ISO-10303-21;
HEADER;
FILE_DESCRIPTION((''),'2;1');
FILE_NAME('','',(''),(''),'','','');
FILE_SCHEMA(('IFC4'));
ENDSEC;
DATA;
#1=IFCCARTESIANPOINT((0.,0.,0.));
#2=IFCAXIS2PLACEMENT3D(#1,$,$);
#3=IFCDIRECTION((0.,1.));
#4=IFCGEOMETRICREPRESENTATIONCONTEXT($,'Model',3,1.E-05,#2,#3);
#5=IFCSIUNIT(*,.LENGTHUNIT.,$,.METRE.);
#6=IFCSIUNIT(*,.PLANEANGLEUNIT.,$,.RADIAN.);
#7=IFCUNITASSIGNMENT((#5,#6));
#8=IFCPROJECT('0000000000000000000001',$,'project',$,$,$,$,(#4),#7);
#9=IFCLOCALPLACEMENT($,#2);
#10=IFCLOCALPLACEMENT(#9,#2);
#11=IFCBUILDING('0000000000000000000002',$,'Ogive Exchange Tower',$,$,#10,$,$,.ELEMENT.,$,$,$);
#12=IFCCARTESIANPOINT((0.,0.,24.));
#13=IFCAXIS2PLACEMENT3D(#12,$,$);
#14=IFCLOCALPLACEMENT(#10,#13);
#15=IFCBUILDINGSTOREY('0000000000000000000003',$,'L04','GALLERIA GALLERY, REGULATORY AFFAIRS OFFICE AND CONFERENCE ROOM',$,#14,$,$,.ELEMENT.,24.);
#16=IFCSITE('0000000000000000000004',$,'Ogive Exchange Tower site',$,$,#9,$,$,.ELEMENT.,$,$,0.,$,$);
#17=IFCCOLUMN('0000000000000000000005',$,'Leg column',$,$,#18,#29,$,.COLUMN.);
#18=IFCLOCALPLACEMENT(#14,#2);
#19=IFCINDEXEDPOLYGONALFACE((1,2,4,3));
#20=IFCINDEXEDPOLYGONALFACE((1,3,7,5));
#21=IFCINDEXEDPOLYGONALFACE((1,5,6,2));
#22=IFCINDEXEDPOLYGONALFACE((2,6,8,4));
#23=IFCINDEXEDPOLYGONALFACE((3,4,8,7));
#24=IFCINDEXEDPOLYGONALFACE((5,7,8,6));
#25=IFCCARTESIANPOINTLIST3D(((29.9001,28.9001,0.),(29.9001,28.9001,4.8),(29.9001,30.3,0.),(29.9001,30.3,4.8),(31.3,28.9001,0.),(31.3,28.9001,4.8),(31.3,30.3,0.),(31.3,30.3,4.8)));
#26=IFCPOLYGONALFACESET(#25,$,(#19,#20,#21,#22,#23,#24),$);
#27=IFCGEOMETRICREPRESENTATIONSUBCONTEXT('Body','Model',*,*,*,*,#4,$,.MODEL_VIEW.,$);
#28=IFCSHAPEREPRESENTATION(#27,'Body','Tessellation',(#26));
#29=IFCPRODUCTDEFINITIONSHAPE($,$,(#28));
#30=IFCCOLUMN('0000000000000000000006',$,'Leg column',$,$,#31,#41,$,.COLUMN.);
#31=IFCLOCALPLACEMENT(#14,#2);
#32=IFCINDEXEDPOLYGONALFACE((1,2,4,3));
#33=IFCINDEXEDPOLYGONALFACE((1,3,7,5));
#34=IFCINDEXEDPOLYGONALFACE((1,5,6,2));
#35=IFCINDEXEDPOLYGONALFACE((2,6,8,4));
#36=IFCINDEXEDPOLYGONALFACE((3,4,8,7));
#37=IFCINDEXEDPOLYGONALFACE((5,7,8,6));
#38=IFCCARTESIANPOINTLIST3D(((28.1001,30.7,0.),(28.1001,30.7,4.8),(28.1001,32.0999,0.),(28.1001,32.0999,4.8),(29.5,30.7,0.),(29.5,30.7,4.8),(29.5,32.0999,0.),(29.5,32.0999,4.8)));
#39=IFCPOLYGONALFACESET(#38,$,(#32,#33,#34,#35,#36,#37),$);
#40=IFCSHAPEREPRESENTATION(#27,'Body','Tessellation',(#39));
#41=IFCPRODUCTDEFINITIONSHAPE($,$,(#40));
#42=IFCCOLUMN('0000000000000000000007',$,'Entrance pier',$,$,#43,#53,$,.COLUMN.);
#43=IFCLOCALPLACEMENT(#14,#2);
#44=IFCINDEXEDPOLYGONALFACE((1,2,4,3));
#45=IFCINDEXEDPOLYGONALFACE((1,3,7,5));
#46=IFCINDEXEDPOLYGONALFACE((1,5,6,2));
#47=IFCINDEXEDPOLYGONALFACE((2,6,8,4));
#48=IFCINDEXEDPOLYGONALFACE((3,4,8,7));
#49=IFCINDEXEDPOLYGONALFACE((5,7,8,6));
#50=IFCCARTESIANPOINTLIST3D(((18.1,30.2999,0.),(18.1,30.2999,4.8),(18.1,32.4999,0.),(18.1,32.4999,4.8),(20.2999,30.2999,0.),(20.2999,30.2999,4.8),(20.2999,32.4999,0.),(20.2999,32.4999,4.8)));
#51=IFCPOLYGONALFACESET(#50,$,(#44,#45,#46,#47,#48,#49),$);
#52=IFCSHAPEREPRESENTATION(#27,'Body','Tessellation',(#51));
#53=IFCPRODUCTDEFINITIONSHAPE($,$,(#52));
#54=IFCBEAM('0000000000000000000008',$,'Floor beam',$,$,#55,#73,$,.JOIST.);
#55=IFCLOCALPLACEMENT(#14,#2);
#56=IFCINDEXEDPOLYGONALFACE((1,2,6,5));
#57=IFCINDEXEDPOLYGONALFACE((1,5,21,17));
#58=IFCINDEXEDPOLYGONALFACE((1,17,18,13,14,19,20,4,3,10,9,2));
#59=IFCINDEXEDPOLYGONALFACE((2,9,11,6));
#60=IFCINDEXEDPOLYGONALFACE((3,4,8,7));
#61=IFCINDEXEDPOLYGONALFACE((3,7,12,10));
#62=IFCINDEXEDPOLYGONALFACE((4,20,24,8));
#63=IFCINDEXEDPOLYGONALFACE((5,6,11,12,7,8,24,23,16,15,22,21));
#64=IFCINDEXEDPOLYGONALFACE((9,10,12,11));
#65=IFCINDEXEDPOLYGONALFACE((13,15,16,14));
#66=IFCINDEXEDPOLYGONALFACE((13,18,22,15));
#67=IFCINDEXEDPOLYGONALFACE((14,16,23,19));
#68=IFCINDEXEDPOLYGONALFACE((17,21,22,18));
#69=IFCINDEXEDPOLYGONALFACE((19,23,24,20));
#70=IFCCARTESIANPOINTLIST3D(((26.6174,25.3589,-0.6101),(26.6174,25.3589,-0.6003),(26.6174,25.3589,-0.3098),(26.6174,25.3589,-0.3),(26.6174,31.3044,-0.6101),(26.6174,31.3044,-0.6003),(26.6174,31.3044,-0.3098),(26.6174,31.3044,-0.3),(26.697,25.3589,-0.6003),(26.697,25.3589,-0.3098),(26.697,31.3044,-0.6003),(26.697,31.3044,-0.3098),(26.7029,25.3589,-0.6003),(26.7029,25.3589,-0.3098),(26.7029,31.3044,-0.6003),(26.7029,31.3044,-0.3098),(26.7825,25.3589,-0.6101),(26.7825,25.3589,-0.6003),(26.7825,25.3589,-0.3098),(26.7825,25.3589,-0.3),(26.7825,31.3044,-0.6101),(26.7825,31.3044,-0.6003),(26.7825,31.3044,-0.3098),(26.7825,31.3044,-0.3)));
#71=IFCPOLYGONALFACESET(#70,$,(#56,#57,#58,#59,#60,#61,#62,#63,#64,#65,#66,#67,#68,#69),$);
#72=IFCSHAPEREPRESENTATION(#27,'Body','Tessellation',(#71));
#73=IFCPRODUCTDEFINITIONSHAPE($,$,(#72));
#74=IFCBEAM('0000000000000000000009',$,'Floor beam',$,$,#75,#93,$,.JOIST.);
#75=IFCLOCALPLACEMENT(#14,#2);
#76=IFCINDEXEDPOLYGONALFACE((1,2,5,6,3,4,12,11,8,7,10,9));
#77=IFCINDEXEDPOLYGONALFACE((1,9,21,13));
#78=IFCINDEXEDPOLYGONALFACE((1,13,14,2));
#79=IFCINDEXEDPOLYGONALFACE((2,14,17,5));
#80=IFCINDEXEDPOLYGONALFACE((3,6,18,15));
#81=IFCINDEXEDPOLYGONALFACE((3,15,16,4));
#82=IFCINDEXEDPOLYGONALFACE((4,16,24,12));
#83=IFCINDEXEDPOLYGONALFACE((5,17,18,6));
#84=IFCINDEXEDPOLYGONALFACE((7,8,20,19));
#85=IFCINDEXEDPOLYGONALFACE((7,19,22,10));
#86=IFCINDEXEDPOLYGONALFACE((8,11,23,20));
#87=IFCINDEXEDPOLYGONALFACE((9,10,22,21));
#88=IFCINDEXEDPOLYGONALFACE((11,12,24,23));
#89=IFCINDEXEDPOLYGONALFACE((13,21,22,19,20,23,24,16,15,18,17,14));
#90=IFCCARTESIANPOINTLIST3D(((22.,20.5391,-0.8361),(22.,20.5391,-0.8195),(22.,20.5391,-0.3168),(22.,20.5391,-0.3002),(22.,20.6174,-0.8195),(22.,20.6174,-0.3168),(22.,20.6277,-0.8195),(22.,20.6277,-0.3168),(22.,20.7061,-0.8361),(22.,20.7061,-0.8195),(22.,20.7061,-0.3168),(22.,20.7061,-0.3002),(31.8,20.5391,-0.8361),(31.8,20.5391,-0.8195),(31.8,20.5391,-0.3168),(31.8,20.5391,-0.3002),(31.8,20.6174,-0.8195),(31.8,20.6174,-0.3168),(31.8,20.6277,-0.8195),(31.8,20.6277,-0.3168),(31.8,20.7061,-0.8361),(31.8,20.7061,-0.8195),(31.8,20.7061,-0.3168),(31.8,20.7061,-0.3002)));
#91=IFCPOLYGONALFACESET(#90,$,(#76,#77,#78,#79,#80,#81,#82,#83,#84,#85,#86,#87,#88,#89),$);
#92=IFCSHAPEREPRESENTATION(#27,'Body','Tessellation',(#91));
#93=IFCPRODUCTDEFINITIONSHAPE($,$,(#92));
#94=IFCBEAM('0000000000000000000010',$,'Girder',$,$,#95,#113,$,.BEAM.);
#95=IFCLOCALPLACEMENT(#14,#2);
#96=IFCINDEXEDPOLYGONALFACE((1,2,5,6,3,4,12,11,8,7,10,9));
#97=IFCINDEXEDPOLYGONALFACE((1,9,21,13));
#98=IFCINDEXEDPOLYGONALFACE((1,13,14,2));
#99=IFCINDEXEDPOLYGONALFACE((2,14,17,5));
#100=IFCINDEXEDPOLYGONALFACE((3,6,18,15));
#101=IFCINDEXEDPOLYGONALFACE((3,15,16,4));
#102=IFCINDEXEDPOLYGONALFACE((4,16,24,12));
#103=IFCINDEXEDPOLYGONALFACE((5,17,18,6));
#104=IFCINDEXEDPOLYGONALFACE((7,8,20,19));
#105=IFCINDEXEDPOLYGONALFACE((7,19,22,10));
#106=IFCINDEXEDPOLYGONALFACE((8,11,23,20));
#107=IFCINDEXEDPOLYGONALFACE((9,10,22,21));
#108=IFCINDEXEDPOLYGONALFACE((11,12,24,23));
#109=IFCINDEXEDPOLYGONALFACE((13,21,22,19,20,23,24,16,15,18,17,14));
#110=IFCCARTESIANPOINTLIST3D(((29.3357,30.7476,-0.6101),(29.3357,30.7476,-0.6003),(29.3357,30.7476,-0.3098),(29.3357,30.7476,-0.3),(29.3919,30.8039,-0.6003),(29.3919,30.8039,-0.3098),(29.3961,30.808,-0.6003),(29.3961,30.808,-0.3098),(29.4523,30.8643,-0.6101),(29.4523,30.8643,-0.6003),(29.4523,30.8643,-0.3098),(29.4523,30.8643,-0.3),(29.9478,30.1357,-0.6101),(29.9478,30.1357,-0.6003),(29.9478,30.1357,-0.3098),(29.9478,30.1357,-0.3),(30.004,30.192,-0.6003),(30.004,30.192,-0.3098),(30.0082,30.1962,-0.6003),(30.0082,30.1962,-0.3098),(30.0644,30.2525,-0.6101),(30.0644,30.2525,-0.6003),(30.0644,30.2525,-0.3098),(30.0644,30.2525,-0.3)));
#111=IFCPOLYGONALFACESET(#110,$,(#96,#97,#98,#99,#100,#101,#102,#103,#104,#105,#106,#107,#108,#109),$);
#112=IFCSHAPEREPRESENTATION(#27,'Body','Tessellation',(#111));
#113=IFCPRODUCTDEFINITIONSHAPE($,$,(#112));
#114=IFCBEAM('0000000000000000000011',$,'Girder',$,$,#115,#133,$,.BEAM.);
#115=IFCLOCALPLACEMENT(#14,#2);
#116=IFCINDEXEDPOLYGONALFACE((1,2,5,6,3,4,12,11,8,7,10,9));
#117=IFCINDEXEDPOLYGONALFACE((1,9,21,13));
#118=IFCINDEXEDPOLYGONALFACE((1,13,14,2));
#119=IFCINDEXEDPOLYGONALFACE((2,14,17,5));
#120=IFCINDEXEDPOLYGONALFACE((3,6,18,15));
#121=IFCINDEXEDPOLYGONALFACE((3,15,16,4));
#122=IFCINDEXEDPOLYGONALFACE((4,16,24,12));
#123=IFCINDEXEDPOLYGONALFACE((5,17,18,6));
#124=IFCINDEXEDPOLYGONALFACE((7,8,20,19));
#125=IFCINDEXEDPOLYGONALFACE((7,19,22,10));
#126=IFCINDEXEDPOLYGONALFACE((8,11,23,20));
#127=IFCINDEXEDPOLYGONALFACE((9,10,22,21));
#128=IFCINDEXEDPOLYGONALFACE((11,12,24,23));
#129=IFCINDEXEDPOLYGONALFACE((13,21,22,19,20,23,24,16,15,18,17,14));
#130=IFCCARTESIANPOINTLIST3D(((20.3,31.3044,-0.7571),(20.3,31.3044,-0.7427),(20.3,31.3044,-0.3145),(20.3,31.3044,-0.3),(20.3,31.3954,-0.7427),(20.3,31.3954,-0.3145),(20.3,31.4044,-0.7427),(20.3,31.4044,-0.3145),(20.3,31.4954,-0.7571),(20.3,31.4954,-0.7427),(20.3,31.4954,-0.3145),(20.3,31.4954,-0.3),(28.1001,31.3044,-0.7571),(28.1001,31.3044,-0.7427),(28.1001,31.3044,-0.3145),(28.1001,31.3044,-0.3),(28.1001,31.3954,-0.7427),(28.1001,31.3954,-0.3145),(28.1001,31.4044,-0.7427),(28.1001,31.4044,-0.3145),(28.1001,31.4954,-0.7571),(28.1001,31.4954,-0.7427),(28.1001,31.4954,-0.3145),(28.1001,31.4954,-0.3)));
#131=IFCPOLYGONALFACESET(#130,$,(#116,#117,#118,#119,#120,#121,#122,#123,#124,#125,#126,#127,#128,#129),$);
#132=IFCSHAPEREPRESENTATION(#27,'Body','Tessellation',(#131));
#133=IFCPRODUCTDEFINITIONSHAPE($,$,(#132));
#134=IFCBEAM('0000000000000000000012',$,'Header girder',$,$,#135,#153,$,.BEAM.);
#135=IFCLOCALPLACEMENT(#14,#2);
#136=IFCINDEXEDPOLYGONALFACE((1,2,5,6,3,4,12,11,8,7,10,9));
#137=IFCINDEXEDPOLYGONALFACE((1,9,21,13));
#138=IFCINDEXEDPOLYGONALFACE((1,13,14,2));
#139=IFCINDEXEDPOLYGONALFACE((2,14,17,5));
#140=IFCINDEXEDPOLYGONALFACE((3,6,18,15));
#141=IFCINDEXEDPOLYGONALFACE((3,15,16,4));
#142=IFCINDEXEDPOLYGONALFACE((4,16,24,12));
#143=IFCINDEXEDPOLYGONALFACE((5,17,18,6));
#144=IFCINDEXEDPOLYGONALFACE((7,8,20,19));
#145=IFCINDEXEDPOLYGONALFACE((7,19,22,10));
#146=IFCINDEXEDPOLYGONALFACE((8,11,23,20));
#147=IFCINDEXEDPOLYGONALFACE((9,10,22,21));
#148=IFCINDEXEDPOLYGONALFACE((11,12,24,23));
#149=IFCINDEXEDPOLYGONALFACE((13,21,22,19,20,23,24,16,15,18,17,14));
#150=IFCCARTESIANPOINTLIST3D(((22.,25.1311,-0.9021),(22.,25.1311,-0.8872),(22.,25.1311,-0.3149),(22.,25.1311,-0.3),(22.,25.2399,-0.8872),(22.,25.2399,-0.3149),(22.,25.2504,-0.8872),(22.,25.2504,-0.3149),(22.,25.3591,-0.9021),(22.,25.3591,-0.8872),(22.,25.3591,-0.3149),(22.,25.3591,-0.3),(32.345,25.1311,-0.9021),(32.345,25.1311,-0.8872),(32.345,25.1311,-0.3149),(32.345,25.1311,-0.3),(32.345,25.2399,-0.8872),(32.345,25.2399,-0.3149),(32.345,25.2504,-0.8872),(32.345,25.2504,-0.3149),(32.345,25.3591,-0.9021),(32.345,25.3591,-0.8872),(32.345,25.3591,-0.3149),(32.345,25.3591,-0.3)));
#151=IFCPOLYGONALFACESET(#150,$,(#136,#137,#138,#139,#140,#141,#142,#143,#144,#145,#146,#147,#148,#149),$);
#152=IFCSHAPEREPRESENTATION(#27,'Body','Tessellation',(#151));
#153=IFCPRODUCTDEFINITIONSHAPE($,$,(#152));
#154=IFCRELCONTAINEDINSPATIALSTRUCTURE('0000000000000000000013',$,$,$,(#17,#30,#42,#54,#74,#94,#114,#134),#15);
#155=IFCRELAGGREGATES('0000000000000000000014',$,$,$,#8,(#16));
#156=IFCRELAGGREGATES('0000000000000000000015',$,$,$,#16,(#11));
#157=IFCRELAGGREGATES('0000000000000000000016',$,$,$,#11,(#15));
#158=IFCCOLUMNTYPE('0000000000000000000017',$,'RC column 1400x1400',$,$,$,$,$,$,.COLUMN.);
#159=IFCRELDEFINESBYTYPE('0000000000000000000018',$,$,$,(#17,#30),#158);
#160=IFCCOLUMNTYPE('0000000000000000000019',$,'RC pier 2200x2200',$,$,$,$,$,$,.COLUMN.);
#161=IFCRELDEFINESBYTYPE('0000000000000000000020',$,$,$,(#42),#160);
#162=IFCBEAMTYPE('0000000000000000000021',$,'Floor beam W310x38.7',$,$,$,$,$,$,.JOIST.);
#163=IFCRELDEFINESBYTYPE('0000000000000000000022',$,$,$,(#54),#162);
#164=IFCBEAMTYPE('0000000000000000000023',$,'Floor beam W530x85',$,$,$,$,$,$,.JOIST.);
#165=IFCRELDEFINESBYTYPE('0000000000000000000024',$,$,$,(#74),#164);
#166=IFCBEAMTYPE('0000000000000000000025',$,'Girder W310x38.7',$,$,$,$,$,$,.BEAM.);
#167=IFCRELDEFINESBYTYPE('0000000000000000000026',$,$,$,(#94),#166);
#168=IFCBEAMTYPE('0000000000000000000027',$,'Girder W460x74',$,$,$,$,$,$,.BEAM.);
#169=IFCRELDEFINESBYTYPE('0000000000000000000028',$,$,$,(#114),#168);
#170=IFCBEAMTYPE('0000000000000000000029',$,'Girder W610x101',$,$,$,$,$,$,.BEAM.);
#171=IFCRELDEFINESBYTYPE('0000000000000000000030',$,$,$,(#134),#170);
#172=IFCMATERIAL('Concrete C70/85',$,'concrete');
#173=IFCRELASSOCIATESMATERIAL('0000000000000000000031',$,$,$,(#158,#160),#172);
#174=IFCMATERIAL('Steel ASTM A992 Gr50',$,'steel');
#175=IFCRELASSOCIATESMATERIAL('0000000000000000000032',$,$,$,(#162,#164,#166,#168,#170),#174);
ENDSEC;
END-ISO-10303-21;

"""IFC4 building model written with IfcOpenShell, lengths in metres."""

from ifc_helpers import new_model, si_unit, direction, frame, origin, origin_2d, place, context, subcontext, project, spatial, rectangle, i_section, extrude, material, material_profile, profile_set, type_object, element, save


model = new_model("IFC4")

# Units and contexts
model_context = context("Model", 3, precision=1e-05, world=origin(), true_north=direction((0.0, 1.0)))
body_context = subcontext(model_context, "Body", "Model", "MODEL_VIEW")
ifc_project = project(units=[si_unit("LENGTHUNIT", "METRE"), si_unit("PLANEANGLEUNIT", "RADIAN")], contexts=[model_context])

# Site, building, storey
site_placement = place(None, origin())
site = spatial("IfcSite", under=ifc_project, at=site_placement, Name="Ogive Exchange Tower site", CompositionType="ELEMENT", RefElevation=0.0)
building_placement = place(site_placement, origin())
building = spatial("IfcBuilding", under=site, at=building_placement, Name="Ogive Exchange Tower", CompositionType="ELEMENT")
storey_placement = place(building_placement, frame((0.0, 0.0, 24.0)))
storey = spatial("IfcBuildingStorey", under=building, at=storey_placement, Name="L04", Description="GALLERIA GALLERY, REGULATORY AFFAIRS OFFICE AND CONFERENCE ROOM", CompositionType="ELEMENT", Elevation=24.0)

# Columns
ifc_material_1 = material(Name="Concrete C70/85", Category="concrete")
ifc_material_profile_1 = material_profile(ifc_material_1, rectangle(XDim=1.3999, YDim=1.3999, at=origin_2d()), Name="RC 1400x1400")
ifc_profile_set_1 = profile_set([ifc_material_profile_1], Name="Concrete C70/85")
column_type_1 = type_object("IfcColumnType", Name="RC column 1400x1400", PredefinedType="COLUMN", material=ifc_profile_set_1)
for number, where, z_axis, x_axis, name in (
    (1, (30.6001, 29.6001, 0.0), (0.0, 0.0, 1.0), (1.0, 0.0, 0.0), "Leg column"),
    (2, (28.8, 31.3999, 0.0), (0.0, 0.0, 1.0), (1.0, 0.0, 0.0), "Leg column"),
):
    element("IfcColumn", number, at=place(storey_placement, frame(where, z_axis=z_axis, x_axis=x_axis)), inside=storey, type_object=column_type_1, Name=name, PredefinedType="COLUMN", context=body_context, shape_type="SweptSolid", body=[
        extrude(rectangle(XDim=1.3999, YDim=1.3999, at=origin_2d()), origin(), (0.0, 0.0, 1.0), 4.8),
    ])
ifc_material_profile_2 = material_profile(ifc_material_1, rectangle(XDim=2.2, YDim=2.2, at=origin_2d()), Name="RC 2200x2200")
ifc_profile_set_2 = profile_set([ifc_material_profile_2], Name="Concrete C70/85")
column_type_2 = type_object("IfcColumnType", Name="RC pier 2200x2200", PredefinedType="COLUMN", material=ifc_profile_set_2)
column_placement = place(storey_placement, frame((19.2, 31.3999, 0.0), z_axis=(0.0, 0.0, 1.0), x_axis=(1.0, 0.0, 0.0)))
element("IfcColumn", 3, at=column_placement, inside=storey, type_object=column_type_2, Name="Entrance pier", PredefinedType="COLUMN", context=body_context, shape_type="SweptSolid", body=[
    extrude(rectangle(XDim=2.2, YDim=2.2, at=origin_2d()), origin(), (0.0, 0.0, 1.0), 4.8),
])

# Beams
ifc_material_2 = material(Name="Steel ASTM A992 Gr50", Category="steel")
ifc_material_profile_3 = material_profile(ifc_material_2, i_section(OverallWidth=0.165, OverallDepth=0.3101, WebThickness=0.0059, FlangeThickness=0.0098, at=origin_2d()), Name="W310x38.7")
ifc_profile_set_3 = profile_set([ifc_material_profile_3], Name="Steel ASTM A992 Gr50")
beam_type_1 = type_object("IfcBeamType", Name="Floor beam W310x38.7", PredefinedType="JOIST", material=ifc_profile_set_3)
beam_1_placement = place(storey_placement, frame((26.7, 25.3589, -0.4551), z_axis=(0.0, 1.0, 0.0), x_axis=(-1.0, 0.0, 0.0)))
element("IfcBeam", 4, at=beam_1_placement, inside=storey, type_object=beam_type_1, Name="Floor beam", PredefinedType="JOIST", context=body_context, shape_type="SweptSolid", body=[
    extrude(i_section(OverallWidth=0.165, OverallDepth=0.3101, WebThickness=0.0059, FlangeThickness=0.0098, at=origin_2d()), origin(), (0.0, 0.0, 1.0), 5.9456),
])
ifc_material_profile_4 = material_profile(ifc_material_2, i_section(OverallWidth=0.167, OverallDepth=0.5359, WebThickness=0.0103, FlangeThickness=0.0166, at=origin_2d()), Name="W530x85")
ifc_profile_set_4 = profile_set([ifc_material_profile_4], Name="Steel ASTM A992 Gr50")
beam_type_2 = type_object("IfcBeamType", Name="Floor beam W530x85", PredefinedType="JOIST", material=ifc_profile_set_4)
beam_2_placement = place(storey_placement, frame((22.0, 20.6226, -0.5681), z_axis=(1.0, 0.0, 0.0), x_axis=(0.0, 1.0, 0.0)))
element("IfcBeam", 5, at=beam_2_placement, inside=storey, type_object=beam_type_2, Name="Floor beam", PredefinedType="JOIST", context=body_context, shape_type="SweptSolid", body=[
    extrude(i_section(OverallWidth=0.167, OverallDepth=0.5359, WebThickness=0.0103, FlangeThickness=0.0166, at=origin_2d()), origin(), (0.0, 0.0, 1.0), 9.8),
])
ifc_material_profile_5 = material_profile(ifc_material_2, i_section(OverallWidth=0.165, OverallDepth=0.3101, WebThickness=0.0059, FlangeThickness=0.0098, at=origin_2d()), Name="W310x38.7")
ifc_profile_set_5 = profile_set([ifc_material_profile_5], Name="Steel ASTM A992 Gr50")
beam_type_3 = type_object("IfcBeamType", Name="Girder W310x38.7", PredefinedType="BEAM", material=ifc_profile_set_5)
beam_3_placement = place(storey_placement, frame((30.0061, 30.1941, -0.4551), z_axis=(-0.707248, 0.706966, 0.0), x_axis=(-0.706966, -0.707248, 0.0)))
element("IfcBeam", 6, at=beam_3_placement, inside=storey, type_object=beam_type_3, Name="Girder", PredefinedType="BEAM", context=body_context, shape_type="SweptSolid", body=[
    extrude(i_section(OverallWidth=0.165, OverallDepth=0.3101, WebThickness=0.0059, FlangeThickness=0.0098, at=origin_2d()), origin(), (0.0, 0.0, 1.0), 0.8655),
])
ifc_material_profile_6 = material_profile(ifc_material_2, i_section(OverallWidth=0.1909, OverallDepth=0.457, WebThickness=0.009, FlangeThickness=0.0144, at=origin_2d()), Name="W460x74")
ifc_profile_set_6 = profile_set([ifc_material_profile_6], Name="Steel ASTM A992 Gr50")
beam_type_4 = type_object("IfcBeamType", Name="Girder W460x74", PredefinedType="BEAM", material=ifc_profile_set_6)
beam_4_placement = place(storey_placement, frame((28.1001, 31.3999, -0.5286), z_axis=(-1.0, 0.0, 0.0), x_axis=(0.0, -1.0, 0.0)))
element("IfcBeam", 7, at=beam_4_placement, inside=storey, type_object=beam_type_4, Name="Girder", PredefinedType="BEAM", context=body_context, shape_type="SweptSolid", body=[
    extrude(i_section(OverallWidth=0.1909, OverallDepth=0.457, WebThickness=0.009, FlangeThickness=0.0144, at=origin_2d()), origin(), (0.0, 0.0, 1.0), 7.8),
])
ifc_material_profile_7 = material_profile(ifc_material_2, i_section(OverallWidth=0.228, OverallDepth=0.6021, WebThickness=0.0105, FlangeThickness=0.0149, at=origin_2d()), Name="W610x101")
ifc_profile_set_7 = profile_set([ifc_material_profile_7], Name="Steel ASTM A992 Gr50")
beam_type_5 = type_object("IfcBeamType", Name="Girder W610x101", PredefinedType="BEAM", material=ifc_profile_set_7)
beam_5_placement = place(storey_placement, frame((22.0, 25.2451, -0.6011), z_axis=(1.0, 0.0, 0.0), x_axis=(0.0, 1.0, 0.0)))
element("IfcBeam", 8, at=beam_5_placement, inside=storey, type_object=beam_type_5, Name="Header girder", PredefinedType="BEAM", context=body_context, shape_type="SweptSolid", body=[
    extrude(i_section(OverallWidth=0.228, OverallDepth=0.6021, WebThickness=0.0105, FlangeThickness=0.0149, at=origin_2d()), origin(), (0.0, 0.0, 1.0), 10.345),
])

save(model, "model.ifc")
